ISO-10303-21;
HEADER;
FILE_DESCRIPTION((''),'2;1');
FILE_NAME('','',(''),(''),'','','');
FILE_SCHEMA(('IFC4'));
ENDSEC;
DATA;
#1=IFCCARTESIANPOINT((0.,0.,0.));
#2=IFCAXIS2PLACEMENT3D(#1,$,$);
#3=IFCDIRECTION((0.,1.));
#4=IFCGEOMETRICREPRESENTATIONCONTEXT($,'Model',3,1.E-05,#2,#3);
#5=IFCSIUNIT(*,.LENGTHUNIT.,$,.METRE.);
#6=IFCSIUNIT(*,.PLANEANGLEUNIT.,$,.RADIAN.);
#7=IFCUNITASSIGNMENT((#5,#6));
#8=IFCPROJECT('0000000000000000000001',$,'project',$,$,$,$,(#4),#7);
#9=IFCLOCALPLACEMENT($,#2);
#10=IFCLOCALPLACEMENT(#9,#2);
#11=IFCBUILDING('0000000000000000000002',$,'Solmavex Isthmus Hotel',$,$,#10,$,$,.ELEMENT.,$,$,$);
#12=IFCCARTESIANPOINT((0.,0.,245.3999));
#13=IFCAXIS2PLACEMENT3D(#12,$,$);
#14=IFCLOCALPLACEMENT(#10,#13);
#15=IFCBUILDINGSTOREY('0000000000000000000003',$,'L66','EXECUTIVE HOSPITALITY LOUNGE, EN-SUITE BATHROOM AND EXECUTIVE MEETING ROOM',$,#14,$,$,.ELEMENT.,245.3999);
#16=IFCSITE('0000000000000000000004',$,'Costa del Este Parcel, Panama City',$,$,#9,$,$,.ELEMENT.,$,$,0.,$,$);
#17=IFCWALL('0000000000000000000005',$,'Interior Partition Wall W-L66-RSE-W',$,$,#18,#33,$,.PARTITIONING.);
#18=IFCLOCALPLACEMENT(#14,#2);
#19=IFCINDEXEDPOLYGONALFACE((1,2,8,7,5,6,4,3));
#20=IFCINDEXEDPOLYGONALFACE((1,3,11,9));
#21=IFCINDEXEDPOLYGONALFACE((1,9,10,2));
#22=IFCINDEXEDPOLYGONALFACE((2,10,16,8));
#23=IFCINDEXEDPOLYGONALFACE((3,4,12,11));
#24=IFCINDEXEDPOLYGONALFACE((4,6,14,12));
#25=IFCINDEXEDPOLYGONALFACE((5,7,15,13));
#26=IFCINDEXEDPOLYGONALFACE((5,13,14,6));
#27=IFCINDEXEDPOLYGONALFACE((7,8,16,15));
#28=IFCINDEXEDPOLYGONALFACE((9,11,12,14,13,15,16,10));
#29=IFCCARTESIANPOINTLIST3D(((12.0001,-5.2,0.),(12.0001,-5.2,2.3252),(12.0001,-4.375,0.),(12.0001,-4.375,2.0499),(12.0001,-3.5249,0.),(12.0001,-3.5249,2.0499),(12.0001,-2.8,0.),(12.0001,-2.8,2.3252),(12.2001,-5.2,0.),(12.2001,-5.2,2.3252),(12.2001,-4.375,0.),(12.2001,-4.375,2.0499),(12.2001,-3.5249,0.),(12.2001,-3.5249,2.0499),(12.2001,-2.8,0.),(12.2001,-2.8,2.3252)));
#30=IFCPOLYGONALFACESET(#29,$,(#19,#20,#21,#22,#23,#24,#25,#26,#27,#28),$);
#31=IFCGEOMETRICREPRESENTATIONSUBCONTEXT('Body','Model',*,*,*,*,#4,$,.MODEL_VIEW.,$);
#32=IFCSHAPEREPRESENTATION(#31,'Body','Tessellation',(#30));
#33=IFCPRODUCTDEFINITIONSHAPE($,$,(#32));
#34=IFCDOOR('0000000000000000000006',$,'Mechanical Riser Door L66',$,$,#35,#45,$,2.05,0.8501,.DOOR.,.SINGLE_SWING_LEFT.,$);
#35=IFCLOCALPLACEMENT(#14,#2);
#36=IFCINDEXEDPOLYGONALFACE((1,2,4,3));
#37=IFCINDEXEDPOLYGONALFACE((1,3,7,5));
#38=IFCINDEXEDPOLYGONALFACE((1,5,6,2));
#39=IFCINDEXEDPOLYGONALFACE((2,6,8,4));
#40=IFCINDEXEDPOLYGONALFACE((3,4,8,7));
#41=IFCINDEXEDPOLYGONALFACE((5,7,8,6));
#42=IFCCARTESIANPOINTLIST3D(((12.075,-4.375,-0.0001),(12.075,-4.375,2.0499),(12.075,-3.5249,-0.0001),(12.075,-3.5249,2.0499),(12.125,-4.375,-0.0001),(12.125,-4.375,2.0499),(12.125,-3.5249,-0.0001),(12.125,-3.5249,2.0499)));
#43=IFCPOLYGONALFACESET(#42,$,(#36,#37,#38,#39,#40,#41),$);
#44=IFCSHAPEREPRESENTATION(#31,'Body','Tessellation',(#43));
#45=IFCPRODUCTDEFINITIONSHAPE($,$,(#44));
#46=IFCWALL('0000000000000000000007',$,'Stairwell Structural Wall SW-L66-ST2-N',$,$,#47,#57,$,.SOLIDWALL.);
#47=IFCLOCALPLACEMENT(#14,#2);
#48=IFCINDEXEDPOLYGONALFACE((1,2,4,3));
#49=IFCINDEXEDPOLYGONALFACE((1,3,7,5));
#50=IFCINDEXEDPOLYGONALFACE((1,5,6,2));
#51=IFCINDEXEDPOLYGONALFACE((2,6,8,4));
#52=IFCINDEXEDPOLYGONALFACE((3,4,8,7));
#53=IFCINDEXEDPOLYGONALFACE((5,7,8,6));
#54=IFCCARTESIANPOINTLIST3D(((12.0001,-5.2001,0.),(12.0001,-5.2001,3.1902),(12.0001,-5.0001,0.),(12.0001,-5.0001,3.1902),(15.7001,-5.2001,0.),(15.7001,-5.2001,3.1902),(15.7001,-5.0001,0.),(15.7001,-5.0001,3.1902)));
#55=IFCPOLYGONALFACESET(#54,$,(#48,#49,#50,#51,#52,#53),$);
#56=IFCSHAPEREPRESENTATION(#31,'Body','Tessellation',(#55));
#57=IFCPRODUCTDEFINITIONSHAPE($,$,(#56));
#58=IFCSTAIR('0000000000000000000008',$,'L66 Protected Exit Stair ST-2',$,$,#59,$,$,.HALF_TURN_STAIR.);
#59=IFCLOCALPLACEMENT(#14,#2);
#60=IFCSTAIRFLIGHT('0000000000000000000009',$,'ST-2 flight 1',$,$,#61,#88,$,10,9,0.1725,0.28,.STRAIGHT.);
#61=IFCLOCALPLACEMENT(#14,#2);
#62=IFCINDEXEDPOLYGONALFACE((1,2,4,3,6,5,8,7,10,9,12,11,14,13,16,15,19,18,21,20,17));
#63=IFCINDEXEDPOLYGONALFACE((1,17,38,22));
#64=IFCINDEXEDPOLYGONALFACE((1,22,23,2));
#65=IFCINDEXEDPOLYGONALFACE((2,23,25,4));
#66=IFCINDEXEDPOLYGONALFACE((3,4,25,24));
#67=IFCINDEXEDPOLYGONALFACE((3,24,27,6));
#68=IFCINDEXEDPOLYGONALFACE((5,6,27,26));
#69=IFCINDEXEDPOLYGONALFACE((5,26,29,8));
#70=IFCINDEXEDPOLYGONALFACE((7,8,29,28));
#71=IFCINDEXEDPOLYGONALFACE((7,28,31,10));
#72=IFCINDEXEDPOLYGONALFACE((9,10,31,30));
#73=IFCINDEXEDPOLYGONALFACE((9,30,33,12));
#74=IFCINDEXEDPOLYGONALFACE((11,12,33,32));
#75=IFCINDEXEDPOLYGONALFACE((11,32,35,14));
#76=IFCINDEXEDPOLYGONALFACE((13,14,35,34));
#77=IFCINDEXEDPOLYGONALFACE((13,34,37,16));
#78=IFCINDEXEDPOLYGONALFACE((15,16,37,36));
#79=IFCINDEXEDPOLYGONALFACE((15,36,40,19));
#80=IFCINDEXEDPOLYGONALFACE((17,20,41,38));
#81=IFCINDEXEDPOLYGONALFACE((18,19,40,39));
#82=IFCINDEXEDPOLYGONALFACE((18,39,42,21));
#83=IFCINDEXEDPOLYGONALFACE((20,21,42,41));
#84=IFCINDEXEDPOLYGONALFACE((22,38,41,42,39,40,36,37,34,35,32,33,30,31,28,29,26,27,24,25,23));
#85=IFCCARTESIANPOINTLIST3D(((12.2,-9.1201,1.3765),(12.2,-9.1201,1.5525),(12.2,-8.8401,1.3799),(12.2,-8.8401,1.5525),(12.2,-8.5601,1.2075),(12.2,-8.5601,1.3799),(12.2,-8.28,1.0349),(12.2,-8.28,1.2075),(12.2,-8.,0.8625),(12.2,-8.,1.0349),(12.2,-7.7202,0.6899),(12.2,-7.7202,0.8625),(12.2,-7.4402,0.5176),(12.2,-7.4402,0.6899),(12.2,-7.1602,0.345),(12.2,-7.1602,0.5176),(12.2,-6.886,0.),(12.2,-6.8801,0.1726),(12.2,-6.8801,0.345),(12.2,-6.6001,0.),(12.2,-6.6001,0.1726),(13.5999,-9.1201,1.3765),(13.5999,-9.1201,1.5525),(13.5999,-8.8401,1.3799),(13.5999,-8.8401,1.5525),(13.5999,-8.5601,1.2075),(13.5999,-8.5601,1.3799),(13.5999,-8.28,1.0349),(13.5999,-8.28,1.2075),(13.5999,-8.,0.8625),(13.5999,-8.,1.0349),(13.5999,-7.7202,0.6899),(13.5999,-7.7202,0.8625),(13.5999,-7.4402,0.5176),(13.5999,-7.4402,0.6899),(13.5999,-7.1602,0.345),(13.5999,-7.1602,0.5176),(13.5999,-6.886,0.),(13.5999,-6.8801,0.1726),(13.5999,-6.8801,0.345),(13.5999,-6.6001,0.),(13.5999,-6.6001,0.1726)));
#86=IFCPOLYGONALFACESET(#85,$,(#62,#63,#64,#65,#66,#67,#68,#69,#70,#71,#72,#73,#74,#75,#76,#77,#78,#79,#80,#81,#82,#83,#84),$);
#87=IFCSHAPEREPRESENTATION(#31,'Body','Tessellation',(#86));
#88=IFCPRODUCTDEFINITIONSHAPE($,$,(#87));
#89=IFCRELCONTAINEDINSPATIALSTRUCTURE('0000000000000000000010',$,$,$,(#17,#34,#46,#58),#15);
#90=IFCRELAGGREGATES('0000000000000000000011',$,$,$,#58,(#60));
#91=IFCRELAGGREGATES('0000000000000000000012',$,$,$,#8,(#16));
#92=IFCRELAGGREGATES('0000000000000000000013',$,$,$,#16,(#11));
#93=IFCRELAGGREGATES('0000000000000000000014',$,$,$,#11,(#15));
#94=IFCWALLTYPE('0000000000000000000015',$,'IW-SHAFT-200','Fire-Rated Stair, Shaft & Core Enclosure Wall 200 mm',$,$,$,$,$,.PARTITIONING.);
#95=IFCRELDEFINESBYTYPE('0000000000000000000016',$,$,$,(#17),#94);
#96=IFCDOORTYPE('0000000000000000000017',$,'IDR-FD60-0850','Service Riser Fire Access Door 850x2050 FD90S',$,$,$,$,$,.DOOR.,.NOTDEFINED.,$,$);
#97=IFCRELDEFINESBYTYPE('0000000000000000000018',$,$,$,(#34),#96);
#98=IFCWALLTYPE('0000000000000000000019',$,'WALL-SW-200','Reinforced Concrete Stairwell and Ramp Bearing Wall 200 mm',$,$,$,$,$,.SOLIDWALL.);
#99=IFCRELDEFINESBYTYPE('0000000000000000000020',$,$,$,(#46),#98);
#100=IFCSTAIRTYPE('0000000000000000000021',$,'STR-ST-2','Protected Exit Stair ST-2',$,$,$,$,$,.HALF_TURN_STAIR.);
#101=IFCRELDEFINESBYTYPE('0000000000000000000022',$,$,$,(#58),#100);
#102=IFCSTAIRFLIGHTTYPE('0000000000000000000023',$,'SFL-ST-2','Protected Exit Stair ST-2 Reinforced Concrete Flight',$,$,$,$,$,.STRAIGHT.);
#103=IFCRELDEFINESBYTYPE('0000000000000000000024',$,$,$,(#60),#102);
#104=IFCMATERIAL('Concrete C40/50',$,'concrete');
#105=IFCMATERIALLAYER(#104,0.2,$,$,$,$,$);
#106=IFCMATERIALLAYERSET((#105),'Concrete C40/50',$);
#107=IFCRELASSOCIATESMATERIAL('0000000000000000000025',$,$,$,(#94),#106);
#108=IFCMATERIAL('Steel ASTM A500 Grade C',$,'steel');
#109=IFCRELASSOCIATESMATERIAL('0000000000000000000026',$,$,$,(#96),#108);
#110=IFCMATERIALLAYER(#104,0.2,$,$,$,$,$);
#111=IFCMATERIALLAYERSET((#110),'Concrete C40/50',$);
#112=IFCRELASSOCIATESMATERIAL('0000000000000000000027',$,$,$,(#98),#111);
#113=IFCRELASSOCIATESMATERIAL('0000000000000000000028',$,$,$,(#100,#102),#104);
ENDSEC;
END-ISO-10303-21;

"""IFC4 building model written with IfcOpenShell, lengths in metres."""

from ifc_helpers import new_model, si_unit, direction, frame, frame_2d, origin, place, context, subcontext, project, spatial, polyline, rectangle, outline, extrude, material, layer, layer_set, type_object, element, fill, aggregate, save


model = new_model("IFC4")

# Units and contexts
model_context = context("Model", 3, precision=1e-05, world=origin(), true_north=direction((0.0, 1.0)))
body_context = subcontext(model_context, "Body", "Model", "MODEL_VIEW")
ifc_project = project(units=[si_unit("LENGTHUNIT", "METRE"), si_unit("PLANEANGLEUNIT", "RADIAN")], contexts=[model_context])

# Site, building, storey
site_placement = place(None, origin())
site = spatial("IfcSite", under=ifc_project, at=site_placement, Name="Costa del Este Parcel, Panama City", CompositionType="ELEMENT", RefElevation=0.0)
building_placement = place(site_placement, origin())
building = spatial("IfcBuilding", under=site, at=building_placement, Name="Solmavex Isthmus Hotel", CompositionType="ELEMENT")
storey_placement = place(building_placement, frame((0.0, 0.0, 245.3999)))
storey = spatial("IfcBuildingStorey", under=building, at=storey_placement, Name="L66", Description="EXECUTIVE HOSPITALITY LOUNGE, EN-SUITE BATHROOM AND EXECUTIVE MEETING ROOM", CompositionType="ELEMENT", Elevation=245.3999)

# Wall, opening, door
ifc_material_1 = material(Name="Concrete C40/50", Category="concrete")
ifc_layer_1 = layer(ifc_material_1, 0.2)
ifc_layer_set_1 = layer_set([ifc_layer_1], Name="Concrete C40/50")
wall_type_1 = type_object("IfcWallType", Name="IW-SHAFT-200", Description="Fire-Rated Stair, Shaft & Core Enclosure Wall 200 mm", PredefinedType="PARTITIONING", material=ifc_layer_set_1)
wall_1_placement = place(storey_placement, frame((12.1001, -5.2, 0.0), z_axis=(0.0, 0.0, 1.0), x_axis=(0.0, 1.0, 0.0)))
wall_1 = element("IfcWall", 1, at=wall_1_placement, inside=storey, type_object=wall_type_1, Name="Interior Partition Wall W-L66-RSE-W", PredefinedType="PARTITIONING", context=body_context, shape_type="SweptSolid", body=[
    extrude(rectangle(XDim=2.3999, YDim=0.2, at=frame_2d((1.2, 0.0))), origin(), (0.0, 0.0, 1.0), 2.3252),
])
opening_placement = place(wall_1_placement, frame((0.825, 0.0, 0.0)))
opening = element("IfcOpeningElement", 2, at=opening_placement, cuts=wall_1, PredefinedType="OPENING", context=body_context, shape_type="SweptSolid", body=[
    extrude(rectangle(XDim=0.8501, YDim=2.05, at=frame_2d((0.425, 1.0249))), frame((0.0, 0.1099, 0.0), z_axis=(0.0, -1.0, 0.0), x_axis=(1.0, 0.0, 0.0)), (0.0, 0.0, 1.0), 0.22),
])
ifc_material_2 = material(Name="Steel ASTM A500 Grade C", Category="steel")
door_type = type_object("IfcDoorType", Name="IDR-FD60-0850", Description="Service Riser Fire Access Door 850x2050 FD90S", OperationType="NOTDEFINED", PredefinedType="DOOR", material=ifc_material_2)
door_placement = place(opening_placement, frame((0.8501, 0.0, 0.0), z_axis=(0.0, 0.0, 1.0), x_axis=(-1.0, 0.0, 0.0)))
door = element("IfcDoor", 3, at=door_placement, inside=storey, type_object=door_type, Name="Mechanical Riser Door L66", OperationType="SINGLE_SWING_LEFT", OverallHeight=2.05, OverallWidth=0.8501, PredefinedType="DOOR", context=body_context, shape_type="SweptSolid", body=[
    extrude(rectangle(XDim=0.8501, YDim=2.05, at=frame_2d((0.425, 1.0249))), frame((0.0, 0.0249, 0.0), z_axis=(0.0, -1.0, 0.0), x_axis=(1.0, 0.0, 0.0)), (0.0, 0.0, 1.0), 0.05),
])
fill(opening, door)

# Wall
ifc_layer_2 = layer(ifc_material_1, 0.2)
ifc_layer_set_2 = layer_set([ifc_layer_2], Name="Concrete C40/50")
wall_type_2 = type_object("IfcWallType", Name="WALL-SW-200", Description="Reinforced Concrete Stairwell and Ramp Bearing Wall 200 mm", PredefinedType="SOLIDWALL", material=ifc_layer_set_2)
wall_2_placement = place(storey_placement, frame((12.0, -5.1001, 0.0), z_axis=(0.0, 0.0, 1.0), x_axis=(1.0, 0.0, 0.0)))
element("IfcWall", 4, at=wall_2_placement, inside=storey, type_object=wall_type_2, Name="Stairwell Structural Wall SW-L66-ST2-N", PredefinedType="SOLIDWALL", context=body_context, shape_type="SweptSolid", body=[
    extrude(rectangle(XDim=3.7, YDim=0.2, at=frame_2d((1.8501, 0.0))), origin(), (0.0, 0.0, 1.0), 3.1902),
])

# Stair, stair flight
stair_type = type_object("IfcStairType", Name="STR-ST-2", Description="Protected Exit Stair ST-2", PredefinedType="HALF_TURN_STAIR", material=ifc_material_1)
stair_placement = place(storey_placement, origin())
stair = element("IfcStair", 5, at=stair_placement, inside=storey, type_object=stair_type, Name="L66 Protected Exit Stair ST-2", PredefinedType="HALF_TURN_STAIR")
stair_flight_type = type_object("IfcStairFlightType", Name="SFL-ST-2", Description="Protected Exit Stair ST-2 Reinforced Concrete Flight", PredefinedType="STRAIGHT", material=ifc_material_1)
stair_flight_placement = place(storey_placement, frame((12.8999, -6.6001, 0.0), z_axis=(0.0, 0.0, 1.0), x_axis=(0.0, -1.0, 0.0)))
stair_flight = element("IfcStairFlight", 6, at=stair_flight_placement, type_object=stair_flight_type, Name="ST-2 flight 1", NumberOfRisers=10, NumberOfTreads=9, PredefinedType="STRAIGHT", RiserHeight=0.1725, TreadLength=0.28, context=body_context, shape_type="SweptSolid", body=[
    extrude(outline(polyline([(0.0, 0.0), (0.0, 0.1726), (0.28, 0.1726), (0.28, 0.345), (0.5601, 0.345), (0.5601, 0.5176), (0.8401, 0.5176), (0.8401, 0.6899), (1.1201, 0.6899), (1.1201, 0.8625), (1.3999, 0.8625), (1.3999, 1.0349), (1.6799, 1.0349), (1.6799, 1.2075), (1.96, 1.2075), (1.96, 1.3799), (2.24, 1.3799), (2.24, 1.5525), (2.52, 1.5525), (2.52, 1.7251), (2.52, 1.3765), (0.2859, 0.0), (0.0, 0.0)])), frame((0.0, 0.7, 0.0), z_axis=(0.0, -1.0, 0.0), x_axis=(1.0, 0.0, 0.0)), (0.0, 0.0, 1.0), 1.3999),
])
aggregate(stair, [stair_flight])

save(model, "model.ifc")
